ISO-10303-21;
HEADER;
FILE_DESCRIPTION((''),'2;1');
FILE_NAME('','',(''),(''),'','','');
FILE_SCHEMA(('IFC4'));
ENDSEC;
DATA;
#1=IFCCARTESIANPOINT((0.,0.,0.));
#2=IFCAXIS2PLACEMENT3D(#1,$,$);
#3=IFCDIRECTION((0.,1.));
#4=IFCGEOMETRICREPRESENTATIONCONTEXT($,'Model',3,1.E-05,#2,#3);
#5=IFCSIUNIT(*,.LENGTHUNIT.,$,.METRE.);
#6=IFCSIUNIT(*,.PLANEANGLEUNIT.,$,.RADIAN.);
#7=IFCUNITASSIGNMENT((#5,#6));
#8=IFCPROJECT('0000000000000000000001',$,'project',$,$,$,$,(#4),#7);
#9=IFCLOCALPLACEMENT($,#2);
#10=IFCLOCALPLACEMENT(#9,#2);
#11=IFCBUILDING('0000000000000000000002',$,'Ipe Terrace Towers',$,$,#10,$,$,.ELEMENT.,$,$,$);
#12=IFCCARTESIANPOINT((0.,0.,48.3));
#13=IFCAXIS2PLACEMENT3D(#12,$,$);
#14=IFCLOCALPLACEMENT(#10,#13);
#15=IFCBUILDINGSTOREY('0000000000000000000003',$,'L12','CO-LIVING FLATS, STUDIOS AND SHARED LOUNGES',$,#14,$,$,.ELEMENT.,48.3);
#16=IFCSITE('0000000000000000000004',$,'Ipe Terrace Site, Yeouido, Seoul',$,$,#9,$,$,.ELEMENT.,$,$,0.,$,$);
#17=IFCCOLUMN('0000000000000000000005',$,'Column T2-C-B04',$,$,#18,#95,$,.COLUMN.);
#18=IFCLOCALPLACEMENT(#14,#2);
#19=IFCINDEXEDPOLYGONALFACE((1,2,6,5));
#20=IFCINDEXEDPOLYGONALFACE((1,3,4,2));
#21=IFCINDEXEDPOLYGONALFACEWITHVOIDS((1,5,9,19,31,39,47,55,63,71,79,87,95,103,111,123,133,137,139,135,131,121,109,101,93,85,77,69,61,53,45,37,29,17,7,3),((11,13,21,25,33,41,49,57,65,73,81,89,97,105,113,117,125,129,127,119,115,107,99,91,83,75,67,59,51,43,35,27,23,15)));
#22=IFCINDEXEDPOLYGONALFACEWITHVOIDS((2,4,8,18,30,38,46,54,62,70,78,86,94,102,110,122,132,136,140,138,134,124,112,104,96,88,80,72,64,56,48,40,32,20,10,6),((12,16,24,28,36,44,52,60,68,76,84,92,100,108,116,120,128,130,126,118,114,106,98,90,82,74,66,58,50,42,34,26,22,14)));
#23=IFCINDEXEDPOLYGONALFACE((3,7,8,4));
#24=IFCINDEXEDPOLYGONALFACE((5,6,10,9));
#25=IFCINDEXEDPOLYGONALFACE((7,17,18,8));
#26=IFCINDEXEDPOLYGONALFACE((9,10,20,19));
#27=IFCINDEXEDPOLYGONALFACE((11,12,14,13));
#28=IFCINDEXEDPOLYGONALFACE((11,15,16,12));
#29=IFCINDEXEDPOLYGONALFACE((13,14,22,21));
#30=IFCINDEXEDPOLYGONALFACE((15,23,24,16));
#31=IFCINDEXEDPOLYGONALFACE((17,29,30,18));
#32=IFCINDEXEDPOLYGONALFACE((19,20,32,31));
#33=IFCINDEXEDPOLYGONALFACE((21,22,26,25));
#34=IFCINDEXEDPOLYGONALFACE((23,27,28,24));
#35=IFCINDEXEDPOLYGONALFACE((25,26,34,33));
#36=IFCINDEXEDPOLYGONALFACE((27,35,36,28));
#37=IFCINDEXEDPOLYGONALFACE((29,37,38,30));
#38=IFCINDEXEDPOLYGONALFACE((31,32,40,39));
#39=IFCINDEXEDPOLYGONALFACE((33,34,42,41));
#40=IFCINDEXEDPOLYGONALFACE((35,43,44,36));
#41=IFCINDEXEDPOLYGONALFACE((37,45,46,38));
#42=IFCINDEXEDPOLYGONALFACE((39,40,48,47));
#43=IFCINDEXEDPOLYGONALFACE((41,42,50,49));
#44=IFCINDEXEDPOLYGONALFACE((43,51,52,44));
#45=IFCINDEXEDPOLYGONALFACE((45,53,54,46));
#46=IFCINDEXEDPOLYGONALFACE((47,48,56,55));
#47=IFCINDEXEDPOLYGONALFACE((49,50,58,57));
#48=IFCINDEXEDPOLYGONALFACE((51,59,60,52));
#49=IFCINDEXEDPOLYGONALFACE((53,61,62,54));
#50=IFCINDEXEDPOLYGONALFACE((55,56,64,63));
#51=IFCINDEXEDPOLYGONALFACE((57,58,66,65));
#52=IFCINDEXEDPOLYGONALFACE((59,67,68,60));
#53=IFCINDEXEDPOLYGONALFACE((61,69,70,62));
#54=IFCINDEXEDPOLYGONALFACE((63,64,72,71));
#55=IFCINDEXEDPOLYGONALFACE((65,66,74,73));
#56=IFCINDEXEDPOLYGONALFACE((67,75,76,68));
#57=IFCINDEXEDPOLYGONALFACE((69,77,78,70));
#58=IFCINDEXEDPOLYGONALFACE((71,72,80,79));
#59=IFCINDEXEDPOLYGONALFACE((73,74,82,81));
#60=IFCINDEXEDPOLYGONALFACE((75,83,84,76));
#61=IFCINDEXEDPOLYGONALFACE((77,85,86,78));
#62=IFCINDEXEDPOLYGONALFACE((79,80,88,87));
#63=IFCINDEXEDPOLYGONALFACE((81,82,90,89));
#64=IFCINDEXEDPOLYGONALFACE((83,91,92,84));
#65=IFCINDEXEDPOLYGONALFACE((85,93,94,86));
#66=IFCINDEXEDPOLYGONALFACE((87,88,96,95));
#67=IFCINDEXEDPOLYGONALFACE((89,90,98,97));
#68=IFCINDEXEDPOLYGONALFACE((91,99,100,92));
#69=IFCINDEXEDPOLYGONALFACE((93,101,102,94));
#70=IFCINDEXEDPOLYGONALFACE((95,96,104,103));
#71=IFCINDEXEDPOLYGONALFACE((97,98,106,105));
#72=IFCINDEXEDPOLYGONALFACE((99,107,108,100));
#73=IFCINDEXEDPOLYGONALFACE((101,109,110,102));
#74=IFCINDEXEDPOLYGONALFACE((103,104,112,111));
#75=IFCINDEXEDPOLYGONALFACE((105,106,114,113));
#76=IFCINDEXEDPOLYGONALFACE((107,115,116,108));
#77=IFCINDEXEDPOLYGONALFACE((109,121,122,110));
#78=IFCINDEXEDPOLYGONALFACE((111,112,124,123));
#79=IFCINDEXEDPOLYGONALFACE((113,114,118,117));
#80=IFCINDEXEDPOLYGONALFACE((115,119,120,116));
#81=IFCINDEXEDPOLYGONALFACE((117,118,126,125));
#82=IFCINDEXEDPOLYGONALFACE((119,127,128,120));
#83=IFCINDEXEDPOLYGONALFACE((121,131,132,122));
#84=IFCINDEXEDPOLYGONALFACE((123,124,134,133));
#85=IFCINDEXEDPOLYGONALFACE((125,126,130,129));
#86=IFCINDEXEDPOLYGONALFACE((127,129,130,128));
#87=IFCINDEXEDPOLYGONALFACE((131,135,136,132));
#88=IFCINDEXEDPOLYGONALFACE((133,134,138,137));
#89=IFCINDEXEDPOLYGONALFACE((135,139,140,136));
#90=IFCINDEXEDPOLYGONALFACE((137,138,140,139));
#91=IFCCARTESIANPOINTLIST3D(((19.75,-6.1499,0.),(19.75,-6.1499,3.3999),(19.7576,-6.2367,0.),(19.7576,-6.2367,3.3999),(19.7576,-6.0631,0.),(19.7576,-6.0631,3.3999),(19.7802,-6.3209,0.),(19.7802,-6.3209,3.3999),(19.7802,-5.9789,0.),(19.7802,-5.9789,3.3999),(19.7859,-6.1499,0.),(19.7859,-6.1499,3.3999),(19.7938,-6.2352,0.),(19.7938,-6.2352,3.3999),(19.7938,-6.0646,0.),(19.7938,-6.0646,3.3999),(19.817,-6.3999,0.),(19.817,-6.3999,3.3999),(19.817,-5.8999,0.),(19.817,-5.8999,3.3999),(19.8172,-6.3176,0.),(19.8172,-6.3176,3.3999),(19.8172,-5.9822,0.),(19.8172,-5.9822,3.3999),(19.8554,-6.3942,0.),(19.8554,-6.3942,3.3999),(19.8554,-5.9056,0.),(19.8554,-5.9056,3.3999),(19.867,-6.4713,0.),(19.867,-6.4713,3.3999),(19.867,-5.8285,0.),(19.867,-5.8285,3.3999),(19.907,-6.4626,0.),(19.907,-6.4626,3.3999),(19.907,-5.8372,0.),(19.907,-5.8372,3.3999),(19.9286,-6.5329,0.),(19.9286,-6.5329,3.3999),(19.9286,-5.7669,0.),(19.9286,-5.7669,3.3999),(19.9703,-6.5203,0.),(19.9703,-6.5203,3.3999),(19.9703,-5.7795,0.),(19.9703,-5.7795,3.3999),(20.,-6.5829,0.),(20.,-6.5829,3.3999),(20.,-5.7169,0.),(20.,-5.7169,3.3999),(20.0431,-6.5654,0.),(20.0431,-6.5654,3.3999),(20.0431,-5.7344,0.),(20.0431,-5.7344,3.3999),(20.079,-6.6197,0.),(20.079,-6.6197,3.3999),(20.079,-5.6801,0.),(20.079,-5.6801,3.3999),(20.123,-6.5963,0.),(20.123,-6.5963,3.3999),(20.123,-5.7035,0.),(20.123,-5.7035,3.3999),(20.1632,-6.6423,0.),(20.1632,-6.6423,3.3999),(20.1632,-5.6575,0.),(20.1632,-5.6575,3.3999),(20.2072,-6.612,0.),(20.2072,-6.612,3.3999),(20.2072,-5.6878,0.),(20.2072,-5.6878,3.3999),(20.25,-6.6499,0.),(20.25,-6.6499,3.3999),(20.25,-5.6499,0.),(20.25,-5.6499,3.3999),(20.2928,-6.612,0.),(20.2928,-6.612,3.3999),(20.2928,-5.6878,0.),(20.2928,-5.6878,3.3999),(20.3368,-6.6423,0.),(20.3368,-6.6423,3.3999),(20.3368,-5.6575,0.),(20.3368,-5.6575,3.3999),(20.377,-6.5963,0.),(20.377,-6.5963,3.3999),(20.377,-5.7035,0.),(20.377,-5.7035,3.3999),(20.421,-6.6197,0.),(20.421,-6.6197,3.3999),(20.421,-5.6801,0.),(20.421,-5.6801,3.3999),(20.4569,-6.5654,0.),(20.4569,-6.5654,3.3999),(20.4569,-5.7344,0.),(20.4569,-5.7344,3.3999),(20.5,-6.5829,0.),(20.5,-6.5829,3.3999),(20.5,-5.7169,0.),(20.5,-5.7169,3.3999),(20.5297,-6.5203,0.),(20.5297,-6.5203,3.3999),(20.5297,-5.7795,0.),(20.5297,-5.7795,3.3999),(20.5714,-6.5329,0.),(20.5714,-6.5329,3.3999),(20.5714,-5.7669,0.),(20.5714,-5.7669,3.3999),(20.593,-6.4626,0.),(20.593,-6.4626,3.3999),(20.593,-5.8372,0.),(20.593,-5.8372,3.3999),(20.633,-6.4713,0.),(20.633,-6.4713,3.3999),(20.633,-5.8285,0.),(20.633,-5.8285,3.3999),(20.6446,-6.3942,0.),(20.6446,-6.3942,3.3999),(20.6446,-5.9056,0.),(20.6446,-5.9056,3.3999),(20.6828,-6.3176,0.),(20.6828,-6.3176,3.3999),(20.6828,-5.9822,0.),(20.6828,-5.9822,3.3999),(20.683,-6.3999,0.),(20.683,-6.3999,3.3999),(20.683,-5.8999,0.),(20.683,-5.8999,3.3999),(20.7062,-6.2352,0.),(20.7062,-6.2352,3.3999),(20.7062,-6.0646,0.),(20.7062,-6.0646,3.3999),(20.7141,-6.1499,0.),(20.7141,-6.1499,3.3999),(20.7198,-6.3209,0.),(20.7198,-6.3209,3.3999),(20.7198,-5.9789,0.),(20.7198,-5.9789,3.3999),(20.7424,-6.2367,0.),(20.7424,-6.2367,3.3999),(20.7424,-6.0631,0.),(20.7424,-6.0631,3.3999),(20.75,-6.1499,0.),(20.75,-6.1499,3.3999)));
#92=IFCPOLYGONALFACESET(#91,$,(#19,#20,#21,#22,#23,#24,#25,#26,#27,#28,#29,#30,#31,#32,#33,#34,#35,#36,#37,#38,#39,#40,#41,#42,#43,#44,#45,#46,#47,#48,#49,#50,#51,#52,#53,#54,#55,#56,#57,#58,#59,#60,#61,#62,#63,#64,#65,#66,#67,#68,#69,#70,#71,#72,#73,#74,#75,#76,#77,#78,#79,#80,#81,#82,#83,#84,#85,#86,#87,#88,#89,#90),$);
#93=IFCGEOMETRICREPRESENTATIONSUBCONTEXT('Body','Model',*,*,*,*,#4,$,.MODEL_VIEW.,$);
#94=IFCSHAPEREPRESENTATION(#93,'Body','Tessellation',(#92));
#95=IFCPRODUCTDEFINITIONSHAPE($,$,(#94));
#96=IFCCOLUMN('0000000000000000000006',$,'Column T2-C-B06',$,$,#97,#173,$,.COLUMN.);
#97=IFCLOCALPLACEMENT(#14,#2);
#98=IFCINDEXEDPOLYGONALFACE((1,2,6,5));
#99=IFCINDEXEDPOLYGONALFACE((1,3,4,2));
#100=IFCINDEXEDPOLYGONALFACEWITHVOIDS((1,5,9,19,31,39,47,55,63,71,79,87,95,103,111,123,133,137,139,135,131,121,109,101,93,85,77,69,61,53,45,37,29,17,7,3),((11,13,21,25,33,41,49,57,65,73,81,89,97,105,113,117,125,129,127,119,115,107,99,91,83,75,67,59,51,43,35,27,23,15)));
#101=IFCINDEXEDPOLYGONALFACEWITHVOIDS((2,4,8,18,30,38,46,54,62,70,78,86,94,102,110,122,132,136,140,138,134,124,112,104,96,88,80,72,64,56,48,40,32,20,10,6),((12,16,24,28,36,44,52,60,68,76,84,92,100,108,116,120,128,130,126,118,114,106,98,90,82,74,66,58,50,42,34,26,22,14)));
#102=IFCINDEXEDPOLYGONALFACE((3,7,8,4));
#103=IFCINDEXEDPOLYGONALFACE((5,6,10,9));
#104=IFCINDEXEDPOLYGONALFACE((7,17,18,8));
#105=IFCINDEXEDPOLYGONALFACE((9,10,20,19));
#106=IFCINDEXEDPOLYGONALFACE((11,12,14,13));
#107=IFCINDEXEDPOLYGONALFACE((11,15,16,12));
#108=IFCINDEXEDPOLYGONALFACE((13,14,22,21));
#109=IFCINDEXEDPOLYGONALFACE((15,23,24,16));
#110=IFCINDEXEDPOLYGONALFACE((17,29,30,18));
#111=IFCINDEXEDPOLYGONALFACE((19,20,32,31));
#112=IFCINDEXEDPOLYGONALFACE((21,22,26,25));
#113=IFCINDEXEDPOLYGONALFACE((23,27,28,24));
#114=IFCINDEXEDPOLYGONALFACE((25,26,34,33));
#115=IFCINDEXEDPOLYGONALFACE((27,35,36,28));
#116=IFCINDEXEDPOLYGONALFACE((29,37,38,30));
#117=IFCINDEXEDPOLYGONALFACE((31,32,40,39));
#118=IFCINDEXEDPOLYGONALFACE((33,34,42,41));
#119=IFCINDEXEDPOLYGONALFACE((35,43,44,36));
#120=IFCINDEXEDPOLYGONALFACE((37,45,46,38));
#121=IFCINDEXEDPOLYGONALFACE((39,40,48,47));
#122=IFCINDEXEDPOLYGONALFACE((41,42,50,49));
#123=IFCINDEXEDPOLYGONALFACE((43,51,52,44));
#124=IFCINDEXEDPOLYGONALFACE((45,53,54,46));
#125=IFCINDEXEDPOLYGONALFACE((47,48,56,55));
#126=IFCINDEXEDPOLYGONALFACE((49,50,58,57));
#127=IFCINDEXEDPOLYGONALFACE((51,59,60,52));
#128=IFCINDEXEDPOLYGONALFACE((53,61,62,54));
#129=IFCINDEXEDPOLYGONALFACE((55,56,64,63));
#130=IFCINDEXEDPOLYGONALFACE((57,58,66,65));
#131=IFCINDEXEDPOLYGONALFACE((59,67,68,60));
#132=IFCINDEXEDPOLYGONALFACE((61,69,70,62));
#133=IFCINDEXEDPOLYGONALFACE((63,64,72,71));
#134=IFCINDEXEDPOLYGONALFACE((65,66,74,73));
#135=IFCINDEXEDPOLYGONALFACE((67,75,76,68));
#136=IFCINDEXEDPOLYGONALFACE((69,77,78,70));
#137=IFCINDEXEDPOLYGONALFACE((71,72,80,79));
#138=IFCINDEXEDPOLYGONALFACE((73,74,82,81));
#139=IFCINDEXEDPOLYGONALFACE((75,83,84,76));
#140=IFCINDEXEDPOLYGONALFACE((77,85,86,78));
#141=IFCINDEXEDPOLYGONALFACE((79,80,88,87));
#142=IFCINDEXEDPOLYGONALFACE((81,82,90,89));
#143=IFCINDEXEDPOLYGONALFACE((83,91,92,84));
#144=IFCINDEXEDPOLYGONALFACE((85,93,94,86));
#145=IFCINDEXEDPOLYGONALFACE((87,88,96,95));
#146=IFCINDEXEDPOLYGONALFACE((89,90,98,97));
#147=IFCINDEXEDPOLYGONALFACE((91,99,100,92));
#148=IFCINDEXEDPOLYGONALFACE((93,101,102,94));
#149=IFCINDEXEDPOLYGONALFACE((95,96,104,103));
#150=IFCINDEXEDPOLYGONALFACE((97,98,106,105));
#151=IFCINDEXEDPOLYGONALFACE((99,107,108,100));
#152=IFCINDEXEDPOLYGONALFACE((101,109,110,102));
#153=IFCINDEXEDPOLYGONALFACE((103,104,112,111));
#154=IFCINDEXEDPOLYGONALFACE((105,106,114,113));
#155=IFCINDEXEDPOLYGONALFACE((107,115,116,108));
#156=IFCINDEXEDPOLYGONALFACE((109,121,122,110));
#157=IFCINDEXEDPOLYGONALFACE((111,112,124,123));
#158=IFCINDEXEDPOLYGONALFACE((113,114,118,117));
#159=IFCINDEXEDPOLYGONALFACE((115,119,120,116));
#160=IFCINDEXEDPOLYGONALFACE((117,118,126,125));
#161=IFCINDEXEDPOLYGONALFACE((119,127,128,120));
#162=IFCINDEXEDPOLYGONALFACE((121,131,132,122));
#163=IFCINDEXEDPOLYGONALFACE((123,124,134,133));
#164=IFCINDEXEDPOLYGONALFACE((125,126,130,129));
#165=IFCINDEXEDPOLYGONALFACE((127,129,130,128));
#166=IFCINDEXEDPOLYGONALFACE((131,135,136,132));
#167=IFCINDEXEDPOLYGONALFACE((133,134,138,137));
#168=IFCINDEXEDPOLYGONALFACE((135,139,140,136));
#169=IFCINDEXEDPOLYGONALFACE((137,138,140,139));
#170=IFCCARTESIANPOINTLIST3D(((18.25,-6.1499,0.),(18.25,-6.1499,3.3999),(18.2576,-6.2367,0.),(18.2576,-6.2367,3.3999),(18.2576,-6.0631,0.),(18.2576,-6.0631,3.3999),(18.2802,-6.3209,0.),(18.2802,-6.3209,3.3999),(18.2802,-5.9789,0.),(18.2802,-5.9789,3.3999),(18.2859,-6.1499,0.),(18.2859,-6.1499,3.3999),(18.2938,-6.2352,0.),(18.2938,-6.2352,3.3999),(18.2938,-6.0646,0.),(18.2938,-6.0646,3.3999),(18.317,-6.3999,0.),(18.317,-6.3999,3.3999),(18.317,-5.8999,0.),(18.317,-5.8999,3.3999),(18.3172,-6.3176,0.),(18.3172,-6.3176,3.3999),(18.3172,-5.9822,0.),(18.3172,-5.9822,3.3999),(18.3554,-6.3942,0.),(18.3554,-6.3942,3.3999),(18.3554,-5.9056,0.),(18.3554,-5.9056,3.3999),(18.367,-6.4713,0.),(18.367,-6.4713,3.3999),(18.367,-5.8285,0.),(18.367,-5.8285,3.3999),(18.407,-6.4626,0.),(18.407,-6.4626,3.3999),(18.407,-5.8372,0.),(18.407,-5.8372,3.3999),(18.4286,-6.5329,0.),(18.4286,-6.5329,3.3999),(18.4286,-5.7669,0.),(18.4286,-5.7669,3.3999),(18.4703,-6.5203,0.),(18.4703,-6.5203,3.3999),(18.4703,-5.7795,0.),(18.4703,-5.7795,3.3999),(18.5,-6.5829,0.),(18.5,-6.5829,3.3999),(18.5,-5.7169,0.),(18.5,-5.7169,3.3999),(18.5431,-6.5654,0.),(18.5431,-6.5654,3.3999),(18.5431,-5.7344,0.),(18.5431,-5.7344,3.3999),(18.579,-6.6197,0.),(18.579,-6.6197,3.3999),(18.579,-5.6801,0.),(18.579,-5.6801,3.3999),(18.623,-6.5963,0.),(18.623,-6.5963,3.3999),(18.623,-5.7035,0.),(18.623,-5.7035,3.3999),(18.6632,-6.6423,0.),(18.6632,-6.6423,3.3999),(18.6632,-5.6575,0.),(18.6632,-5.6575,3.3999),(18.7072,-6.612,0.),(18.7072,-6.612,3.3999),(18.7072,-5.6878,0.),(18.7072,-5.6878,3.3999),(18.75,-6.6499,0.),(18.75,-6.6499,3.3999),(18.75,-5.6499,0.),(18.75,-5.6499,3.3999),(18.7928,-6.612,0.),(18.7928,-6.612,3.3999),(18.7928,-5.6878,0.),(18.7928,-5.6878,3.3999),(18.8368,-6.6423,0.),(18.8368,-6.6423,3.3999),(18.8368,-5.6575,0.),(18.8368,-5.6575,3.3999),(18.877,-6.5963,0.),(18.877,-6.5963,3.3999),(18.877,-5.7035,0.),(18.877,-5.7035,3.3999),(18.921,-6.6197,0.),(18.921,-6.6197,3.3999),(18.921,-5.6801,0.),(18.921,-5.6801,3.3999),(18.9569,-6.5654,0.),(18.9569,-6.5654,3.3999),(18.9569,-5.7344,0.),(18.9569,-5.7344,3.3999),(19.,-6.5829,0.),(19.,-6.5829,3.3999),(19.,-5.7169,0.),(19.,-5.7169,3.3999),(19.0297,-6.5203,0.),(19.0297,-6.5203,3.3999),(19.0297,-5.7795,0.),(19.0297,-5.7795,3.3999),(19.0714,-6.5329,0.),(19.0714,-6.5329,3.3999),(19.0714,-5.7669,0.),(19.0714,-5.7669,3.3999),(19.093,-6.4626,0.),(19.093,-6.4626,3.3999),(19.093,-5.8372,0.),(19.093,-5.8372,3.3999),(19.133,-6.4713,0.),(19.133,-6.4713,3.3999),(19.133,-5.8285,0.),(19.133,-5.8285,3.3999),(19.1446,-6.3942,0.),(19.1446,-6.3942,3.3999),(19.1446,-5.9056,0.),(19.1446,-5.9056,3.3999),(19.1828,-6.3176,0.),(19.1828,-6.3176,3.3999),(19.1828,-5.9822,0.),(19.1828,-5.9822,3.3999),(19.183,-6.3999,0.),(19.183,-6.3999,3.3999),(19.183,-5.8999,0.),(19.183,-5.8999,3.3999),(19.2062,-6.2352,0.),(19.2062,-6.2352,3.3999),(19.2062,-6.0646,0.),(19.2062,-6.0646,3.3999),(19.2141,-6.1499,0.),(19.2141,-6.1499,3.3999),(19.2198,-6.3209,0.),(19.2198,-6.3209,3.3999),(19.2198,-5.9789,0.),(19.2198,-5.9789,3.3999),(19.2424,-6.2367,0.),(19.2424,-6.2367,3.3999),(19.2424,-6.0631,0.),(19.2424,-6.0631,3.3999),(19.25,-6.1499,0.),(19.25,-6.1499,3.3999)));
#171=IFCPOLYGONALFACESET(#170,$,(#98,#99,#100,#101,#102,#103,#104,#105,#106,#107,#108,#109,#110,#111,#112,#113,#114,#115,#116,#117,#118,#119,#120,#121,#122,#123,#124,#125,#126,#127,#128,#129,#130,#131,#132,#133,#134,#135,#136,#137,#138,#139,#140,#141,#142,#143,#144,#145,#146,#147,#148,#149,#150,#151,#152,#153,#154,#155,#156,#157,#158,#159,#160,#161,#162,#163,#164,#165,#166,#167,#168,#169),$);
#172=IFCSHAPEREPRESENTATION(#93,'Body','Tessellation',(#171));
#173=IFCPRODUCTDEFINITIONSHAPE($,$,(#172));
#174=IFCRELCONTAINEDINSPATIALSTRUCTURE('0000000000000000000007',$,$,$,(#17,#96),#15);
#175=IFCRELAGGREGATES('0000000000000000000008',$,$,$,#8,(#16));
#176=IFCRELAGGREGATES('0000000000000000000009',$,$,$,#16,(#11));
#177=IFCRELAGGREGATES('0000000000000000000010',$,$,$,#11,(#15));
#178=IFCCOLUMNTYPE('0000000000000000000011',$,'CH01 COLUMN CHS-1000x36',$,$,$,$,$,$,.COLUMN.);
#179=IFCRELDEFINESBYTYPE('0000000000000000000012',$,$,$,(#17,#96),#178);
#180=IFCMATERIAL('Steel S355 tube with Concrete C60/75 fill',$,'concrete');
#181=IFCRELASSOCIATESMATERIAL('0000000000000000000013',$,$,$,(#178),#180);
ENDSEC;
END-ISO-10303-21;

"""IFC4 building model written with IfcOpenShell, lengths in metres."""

from ifc_helpers import new_model, si_unit, direction, frame, origin, origin_2d, place, context, subcontext, project, spatial, hollow_circle, extrude, material, material_profile, profile_set, type_object, element, save


model = new_model("IFC4")

# Units and contexts
model_context = context("Model", 3, precision=1e-05, world=origin(), true_north=direction((0.0, 1.0)))
body_context = subcontext(model_context, "Body", "Model", "MODEL_VIEW")
ifc_project = project(units=[si_unit("LENGTHUNIT", "METRE"), si_unit("PLANEANGLEUNIT", "RADIAN")], contexts=[model_context])

# Site, building, storey
site_placement = place(None, origin())
site = spatial("IfcSite", under=ifc_project, at=site_placement, Name="Ipe Terrace Site, Yeouido, Seoul", CompositionType="ELEMENT", RefElevation=0.0)
building_placement = place(site_placement, origin())
building = spatial("IfcBuilding", under=site, at=building_placement, Name="Ipe Terrace Towers", CompositionType="ELEMENT")
storey_placement = place(building_placement, frame((0.0, 0.0, 48.3)))
storey = spatial("IfcBuildingStorey", under=building, at=storey_placement, Name="L12", Description="CO-LIVING FLATS, STUDIOS AND SHARED LOUNGES", CompositionType="ELEMENT", Elevation=48.3)

# Columns
ifc_material_1 = material(Name="Steel S355 tube with Concrete C60/75 fill", Category="concrete")
ifc_material_profile_1 = material_profile(ifc_material_1, hollow_circle(Radius=0.5, WallThickness=0.0359, at=origin_2d()), Name="CHS-1000x36")
ifc_profile_set_1 = profile_set([ifc_material_profile_1], Name="Steel S355 tube with Concrete C60/75 fill")
column_type_1 = type_object("IfcColumnType", Name="CH01 COLUMN CHS-1000x36", PredefinedType="COLUMN", material=ifc_profile_set_1)
for number, where, z_axis, x_axis, name in (
    (1, (20.25, -6.1499, 0.0), (0.0, 0.0, 1.0), (1.0, 0.0, 0.0), "Column T2-C-B04"),
    (2, (18.75, -6.1499, 0.0), (0.0, 0.0, 1.0), (1.0, 0.0, 0.0), "Column T2-C-B06"),
):
    element("IfcColumn", number, at=place(storey_placement, frame(where, z_axis=z_axis, x_axis=x_axis)), inside=storey, type_object=column_type_1, Name=name, PredefinedType="COLUMN", context=body_context, shape_type="SweptSolid", body=[
        extrude(hollow_circle(Radius=0.5, WallThickness=0.0359, at=origin_2d()), origin(), (0.0, 0.0, 1.0), 3.3999),
    ])

save(model, "model.ifc")
